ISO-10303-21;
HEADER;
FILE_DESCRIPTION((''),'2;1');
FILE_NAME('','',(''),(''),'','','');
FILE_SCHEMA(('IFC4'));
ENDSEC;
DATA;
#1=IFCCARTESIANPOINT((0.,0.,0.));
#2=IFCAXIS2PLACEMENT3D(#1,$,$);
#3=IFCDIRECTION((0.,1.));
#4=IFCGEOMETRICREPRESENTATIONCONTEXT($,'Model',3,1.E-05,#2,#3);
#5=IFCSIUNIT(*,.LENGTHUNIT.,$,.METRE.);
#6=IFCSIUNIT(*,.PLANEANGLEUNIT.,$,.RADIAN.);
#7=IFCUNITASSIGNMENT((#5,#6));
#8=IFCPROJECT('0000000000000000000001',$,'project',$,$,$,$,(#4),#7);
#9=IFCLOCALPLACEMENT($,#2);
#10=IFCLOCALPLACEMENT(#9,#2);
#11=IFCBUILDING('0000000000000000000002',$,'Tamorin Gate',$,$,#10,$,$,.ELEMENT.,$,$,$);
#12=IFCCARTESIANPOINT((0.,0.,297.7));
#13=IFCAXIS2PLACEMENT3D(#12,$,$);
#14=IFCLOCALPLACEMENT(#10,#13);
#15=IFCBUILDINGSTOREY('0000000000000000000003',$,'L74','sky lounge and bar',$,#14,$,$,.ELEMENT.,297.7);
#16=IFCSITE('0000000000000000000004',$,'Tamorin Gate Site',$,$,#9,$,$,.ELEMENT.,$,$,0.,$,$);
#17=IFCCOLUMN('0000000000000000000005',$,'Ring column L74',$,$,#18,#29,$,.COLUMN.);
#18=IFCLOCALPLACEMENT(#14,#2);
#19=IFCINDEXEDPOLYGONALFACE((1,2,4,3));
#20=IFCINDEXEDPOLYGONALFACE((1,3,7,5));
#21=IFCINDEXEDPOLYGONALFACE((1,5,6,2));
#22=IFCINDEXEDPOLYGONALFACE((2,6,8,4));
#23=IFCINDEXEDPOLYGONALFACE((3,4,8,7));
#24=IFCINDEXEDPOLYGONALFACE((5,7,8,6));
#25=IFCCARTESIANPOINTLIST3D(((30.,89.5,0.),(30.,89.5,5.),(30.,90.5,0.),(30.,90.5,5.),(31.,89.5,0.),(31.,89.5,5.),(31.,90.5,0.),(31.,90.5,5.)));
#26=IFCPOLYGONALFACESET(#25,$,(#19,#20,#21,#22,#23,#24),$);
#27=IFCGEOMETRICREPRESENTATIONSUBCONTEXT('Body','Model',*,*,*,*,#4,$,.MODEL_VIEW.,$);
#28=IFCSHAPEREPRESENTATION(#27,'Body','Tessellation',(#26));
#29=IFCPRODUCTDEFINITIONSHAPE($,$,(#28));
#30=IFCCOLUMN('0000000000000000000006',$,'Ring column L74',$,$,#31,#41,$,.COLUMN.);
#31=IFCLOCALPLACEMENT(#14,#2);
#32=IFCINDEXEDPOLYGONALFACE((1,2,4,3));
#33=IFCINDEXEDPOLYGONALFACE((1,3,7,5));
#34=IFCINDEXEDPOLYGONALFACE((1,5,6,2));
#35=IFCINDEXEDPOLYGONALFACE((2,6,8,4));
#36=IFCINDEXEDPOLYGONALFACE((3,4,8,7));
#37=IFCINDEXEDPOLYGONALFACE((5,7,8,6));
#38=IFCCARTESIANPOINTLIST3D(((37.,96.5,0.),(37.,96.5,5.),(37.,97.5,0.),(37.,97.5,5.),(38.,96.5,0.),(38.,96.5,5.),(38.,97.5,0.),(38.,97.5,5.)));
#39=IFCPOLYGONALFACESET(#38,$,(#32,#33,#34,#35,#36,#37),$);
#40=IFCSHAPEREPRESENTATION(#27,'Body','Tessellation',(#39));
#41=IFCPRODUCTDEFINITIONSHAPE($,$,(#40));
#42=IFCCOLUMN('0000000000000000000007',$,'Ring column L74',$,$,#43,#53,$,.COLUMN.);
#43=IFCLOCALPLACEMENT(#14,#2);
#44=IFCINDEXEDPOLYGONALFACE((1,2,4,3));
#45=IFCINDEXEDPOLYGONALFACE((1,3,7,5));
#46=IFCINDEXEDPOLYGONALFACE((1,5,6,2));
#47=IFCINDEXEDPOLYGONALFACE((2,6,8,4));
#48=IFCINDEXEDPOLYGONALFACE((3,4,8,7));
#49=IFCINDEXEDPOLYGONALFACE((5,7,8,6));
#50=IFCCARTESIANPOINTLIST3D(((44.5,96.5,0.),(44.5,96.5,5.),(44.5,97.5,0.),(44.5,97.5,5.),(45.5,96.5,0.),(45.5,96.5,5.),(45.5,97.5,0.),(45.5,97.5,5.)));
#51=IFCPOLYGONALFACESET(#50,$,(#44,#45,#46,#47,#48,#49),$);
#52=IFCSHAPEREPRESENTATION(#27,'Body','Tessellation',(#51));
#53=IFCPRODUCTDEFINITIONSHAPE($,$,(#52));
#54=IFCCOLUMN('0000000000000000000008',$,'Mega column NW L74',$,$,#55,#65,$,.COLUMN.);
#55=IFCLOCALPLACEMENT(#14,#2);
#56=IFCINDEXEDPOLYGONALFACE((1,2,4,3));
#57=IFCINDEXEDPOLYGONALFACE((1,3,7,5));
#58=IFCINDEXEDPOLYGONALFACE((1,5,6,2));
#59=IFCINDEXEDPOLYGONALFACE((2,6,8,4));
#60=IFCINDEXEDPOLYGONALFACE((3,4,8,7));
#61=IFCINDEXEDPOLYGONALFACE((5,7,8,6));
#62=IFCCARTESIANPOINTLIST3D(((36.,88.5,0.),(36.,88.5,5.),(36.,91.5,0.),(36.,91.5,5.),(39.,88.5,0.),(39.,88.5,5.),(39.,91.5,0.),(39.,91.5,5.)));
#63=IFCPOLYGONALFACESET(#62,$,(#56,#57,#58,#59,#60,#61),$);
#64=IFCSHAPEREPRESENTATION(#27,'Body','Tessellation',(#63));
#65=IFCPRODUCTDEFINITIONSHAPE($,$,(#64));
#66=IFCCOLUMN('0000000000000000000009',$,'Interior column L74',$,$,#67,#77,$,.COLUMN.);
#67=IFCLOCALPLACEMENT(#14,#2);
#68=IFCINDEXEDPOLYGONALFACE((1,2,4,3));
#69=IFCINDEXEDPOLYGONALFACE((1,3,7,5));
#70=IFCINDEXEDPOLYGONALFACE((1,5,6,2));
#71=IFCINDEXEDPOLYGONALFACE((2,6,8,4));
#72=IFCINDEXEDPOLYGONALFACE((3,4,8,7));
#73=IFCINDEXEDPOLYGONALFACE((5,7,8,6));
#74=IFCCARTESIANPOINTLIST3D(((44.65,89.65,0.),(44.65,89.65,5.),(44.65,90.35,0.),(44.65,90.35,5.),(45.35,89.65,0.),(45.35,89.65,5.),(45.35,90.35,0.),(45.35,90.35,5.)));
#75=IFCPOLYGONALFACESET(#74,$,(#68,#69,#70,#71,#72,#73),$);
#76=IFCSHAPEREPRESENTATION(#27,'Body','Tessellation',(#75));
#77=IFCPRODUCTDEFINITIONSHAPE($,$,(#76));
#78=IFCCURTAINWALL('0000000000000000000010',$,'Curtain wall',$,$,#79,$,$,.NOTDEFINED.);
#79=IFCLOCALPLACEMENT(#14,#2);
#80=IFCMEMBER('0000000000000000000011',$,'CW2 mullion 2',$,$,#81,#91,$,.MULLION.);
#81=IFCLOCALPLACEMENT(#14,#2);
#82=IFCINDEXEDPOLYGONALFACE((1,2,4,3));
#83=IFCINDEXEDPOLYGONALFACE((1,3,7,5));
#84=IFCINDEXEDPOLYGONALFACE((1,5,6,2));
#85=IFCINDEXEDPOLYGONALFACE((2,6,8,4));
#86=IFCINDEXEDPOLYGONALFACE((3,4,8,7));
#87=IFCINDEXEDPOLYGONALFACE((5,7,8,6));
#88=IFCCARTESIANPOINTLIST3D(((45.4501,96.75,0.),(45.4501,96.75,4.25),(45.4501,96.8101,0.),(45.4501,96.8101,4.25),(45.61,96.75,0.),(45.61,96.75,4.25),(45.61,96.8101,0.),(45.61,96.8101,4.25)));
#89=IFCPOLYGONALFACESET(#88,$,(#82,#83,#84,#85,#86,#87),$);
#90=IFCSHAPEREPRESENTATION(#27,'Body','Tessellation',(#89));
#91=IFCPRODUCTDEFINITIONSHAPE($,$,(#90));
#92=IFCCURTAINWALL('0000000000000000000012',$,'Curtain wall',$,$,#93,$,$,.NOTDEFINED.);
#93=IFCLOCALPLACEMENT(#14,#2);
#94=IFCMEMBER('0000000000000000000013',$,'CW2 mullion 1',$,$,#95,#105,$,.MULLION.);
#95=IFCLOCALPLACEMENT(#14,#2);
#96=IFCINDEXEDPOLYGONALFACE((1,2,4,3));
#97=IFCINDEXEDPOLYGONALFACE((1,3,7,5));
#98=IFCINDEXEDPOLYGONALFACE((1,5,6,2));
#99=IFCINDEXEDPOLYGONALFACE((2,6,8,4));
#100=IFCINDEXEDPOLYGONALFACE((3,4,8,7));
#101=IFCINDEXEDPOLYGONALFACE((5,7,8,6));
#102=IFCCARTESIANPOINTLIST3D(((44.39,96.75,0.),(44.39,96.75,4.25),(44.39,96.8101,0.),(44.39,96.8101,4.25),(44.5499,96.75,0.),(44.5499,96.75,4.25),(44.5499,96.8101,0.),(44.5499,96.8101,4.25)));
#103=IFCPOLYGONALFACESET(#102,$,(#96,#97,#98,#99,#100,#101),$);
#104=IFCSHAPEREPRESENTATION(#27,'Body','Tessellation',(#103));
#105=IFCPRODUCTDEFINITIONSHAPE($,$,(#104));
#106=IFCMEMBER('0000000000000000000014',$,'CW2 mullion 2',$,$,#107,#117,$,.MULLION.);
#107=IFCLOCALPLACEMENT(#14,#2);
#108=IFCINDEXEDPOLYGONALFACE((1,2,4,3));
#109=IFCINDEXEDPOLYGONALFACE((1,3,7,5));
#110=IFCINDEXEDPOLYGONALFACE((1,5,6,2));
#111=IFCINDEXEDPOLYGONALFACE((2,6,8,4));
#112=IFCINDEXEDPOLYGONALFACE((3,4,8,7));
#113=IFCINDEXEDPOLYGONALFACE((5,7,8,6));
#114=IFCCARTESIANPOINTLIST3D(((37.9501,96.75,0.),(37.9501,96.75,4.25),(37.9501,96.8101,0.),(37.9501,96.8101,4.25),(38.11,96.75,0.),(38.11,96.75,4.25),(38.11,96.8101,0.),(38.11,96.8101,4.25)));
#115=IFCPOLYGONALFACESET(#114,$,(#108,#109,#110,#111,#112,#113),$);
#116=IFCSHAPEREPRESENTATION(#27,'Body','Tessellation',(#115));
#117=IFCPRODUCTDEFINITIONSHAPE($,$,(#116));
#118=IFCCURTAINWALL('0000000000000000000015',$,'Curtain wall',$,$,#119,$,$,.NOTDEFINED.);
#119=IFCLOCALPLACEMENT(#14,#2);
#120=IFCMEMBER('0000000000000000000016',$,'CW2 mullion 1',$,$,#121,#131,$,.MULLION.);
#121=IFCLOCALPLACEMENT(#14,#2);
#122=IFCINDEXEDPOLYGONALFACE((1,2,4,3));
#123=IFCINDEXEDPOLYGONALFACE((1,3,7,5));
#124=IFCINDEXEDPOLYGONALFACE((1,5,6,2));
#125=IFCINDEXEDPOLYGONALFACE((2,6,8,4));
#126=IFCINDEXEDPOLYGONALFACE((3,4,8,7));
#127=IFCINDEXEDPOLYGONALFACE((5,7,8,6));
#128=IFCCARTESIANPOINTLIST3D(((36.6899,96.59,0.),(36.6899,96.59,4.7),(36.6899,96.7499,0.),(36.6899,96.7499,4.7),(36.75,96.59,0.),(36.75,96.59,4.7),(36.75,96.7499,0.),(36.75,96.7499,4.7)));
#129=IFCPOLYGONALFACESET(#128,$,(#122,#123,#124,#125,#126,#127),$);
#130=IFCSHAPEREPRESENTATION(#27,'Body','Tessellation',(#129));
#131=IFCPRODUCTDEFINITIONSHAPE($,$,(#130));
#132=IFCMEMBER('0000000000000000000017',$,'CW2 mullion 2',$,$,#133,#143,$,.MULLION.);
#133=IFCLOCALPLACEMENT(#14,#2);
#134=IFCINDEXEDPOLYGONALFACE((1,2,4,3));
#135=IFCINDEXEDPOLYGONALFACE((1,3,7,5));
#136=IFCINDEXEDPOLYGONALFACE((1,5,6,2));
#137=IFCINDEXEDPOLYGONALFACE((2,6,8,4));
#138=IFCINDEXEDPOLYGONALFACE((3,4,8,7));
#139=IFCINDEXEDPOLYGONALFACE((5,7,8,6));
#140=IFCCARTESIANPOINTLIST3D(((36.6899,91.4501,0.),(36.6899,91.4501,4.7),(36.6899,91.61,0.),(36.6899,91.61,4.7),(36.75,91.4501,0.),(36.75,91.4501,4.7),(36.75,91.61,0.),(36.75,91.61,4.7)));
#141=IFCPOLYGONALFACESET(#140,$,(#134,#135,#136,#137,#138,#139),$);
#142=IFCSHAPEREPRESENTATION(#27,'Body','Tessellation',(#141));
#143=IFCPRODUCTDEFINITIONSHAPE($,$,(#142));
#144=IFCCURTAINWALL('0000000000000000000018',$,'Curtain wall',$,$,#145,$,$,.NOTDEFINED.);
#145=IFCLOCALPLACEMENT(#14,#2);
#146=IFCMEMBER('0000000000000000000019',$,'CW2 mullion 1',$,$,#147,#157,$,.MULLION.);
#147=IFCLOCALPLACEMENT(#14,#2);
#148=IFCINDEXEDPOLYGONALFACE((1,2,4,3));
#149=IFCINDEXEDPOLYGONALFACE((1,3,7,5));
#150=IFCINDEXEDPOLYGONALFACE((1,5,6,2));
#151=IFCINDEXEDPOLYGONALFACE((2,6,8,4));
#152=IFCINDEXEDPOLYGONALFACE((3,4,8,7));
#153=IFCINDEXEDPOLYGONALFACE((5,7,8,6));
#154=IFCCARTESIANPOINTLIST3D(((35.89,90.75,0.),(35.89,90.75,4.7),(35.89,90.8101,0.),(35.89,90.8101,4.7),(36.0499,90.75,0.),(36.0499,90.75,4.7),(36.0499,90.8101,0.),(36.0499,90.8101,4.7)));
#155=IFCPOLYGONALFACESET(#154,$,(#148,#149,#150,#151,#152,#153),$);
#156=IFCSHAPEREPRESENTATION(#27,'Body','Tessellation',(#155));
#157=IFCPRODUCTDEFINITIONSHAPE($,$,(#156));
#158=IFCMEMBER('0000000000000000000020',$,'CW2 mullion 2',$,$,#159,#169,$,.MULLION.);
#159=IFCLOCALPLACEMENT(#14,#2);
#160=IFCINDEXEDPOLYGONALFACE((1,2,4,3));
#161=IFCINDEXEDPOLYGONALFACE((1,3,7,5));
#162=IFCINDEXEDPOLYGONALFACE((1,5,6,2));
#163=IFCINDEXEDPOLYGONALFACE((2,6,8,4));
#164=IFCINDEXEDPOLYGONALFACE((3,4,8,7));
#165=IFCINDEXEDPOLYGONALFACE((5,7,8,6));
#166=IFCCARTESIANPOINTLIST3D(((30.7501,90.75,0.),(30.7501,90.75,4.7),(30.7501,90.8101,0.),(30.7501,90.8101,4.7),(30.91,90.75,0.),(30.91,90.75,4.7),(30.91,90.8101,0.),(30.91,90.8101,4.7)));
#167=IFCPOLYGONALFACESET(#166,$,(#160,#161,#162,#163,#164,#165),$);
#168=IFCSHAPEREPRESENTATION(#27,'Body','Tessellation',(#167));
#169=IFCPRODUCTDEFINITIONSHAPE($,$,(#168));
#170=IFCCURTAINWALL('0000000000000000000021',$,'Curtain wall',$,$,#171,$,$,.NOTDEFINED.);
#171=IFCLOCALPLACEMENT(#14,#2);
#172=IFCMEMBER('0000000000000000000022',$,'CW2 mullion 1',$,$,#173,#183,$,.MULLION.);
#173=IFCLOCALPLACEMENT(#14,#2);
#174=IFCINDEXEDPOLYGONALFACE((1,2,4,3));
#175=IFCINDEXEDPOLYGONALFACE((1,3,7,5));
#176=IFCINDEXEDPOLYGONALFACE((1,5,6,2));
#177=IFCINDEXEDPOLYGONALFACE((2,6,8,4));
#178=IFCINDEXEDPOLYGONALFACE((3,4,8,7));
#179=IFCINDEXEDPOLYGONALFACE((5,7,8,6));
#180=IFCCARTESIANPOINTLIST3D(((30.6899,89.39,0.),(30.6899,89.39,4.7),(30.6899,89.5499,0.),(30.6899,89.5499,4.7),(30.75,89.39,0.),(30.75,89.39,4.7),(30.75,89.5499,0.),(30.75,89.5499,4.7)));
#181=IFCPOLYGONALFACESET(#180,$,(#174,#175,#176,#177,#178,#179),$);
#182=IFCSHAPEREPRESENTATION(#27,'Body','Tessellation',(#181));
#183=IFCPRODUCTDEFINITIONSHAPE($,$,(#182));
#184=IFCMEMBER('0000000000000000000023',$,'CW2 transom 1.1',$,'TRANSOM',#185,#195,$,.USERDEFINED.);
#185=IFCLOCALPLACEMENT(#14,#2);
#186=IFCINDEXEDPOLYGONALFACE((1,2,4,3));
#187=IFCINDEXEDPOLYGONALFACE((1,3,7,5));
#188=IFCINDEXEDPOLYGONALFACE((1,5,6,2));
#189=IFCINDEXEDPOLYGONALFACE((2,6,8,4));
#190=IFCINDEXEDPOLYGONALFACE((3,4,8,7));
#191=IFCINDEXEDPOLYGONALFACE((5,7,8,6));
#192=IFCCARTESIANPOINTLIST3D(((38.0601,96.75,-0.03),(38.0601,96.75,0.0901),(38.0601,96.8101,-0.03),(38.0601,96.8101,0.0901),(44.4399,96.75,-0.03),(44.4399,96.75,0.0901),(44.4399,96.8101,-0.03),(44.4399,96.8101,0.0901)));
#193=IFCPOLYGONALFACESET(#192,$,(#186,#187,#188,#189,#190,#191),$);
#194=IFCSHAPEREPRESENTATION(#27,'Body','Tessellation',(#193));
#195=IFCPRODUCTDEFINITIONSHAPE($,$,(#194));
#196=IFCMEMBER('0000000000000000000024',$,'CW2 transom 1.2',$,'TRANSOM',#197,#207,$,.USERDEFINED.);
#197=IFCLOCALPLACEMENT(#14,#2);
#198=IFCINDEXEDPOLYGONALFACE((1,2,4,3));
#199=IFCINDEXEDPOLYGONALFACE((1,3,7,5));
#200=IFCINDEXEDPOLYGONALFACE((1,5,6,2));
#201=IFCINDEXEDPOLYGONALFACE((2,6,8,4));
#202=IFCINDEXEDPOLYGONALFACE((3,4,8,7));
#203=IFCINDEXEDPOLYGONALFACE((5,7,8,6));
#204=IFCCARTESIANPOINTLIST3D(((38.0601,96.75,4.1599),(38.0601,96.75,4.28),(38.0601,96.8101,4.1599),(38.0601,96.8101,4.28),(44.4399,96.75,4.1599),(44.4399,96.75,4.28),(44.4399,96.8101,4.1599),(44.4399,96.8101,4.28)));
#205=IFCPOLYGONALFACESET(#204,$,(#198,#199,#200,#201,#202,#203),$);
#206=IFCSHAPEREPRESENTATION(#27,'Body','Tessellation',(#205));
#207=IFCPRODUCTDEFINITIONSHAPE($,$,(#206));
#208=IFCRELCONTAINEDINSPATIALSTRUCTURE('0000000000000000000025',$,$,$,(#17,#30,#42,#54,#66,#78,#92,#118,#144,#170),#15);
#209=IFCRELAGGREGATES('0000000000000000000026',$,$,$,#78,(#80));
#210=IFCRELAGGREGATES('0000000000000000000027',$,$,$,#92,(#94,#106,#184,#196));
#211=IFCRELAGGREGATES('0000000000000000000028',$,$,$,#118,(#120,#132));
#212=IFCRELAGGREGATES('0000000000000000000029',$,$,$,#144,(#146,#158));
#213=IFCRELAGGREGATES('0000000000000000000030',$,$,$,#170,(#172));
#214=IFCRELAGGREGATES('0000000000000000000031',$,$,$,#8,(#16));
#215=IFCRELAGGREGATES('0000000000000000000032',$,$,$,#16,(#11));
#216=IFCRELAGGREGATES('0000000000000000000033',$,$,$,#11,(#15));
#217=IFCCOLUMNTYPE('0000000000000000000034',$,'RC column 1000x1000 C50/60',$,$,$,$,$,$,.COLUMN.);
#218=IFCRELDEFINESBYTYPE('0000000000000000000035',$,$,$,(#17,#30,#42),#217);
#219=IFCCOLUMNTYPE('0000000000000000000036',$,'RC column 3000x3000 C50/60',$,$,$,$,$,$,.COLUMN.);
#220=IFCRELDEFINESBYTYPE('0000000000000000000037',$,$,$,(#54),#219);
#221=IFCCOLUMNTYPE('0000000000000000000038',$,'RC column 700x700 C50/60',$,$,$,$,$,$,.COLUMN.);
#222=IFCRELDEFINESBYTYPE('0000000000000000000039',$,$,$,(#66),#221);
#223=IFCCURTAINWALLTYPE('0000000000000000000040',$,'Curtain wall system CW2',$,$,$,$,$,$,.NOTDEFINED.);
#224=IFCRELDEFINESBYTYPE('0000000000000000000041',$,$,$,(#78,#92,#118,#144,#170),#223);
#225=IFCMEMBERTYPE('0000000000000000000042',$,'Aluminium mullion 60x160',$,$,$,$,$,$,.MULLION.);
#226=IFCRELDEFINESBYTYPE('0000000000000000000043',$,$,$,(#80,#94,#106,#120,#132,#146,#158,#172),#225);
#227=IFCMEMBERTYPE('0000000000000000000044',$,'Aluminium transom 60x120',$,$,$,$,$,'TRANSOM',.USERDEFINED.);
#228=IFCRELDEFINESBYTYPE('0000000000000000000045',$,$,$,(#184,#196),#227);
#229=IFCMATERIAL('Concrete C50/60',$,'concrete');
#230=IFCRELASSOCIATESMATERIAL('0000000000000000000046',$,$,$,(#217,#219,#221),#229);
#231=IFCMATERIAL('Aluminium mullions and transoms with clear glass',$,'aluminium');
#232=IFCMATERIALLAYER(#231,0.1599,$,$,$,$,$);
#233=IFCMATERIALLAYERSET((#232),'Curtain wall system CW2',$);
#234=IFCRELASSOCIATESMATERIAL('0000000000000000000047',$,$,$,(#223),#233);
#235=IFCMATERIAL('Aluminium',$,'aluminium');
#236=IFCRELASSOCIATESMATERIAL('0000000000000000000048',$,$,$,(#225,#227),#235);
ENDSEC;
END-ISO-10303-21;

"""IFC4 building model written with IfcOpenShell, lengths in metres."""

from ifc_helpers import new_model, si_unit, direction, frame, origin, origin_2d, place, context, subcontext, project, spatial, rectangle, extrude, material, layer, layer_set, material_profile, profile_set, type_object, element, aggregate, save


model = new_model("IFC4")

# Units and contexts
model_context = context("Model", 3, precision=1e-05, world=origin(), true_north=direction((0.0, 1.0)))
body_context = subcontext(model_context, "Body", "Model", "MODEL_VIEW")
ifc_project = project(units=[si_unit("LENGTHUNIT", "METRE"), si_unit("PLANEANGLEUNIT", "RADIAN")], contexts=[model_context])

# Site, building, storey
site_placement = place(None, origin())
site = spatial("IfcSite", under=ifc_project, at=site_placement, Name="Tamorin Gate Site", CompositionType="ELEMENT", RefElevation=0.0)
building_placement = place(site_placement, origin())
building = spatial("IfcBuilding", under=site, at=building_placement, Name="Tamorin Gate", CompositionType="ELEMENT")
storey_placement = place(building_placement, frame((0.0, 0.0, 297.7)))
storey = spatial("IfcBuildingStorey", under=building, at=storey_placement, Name="L74", Description="sky lounge and bar", CompositionType="ELEMENT", Elevation=297.7)

# Columns
ifc_material_1 = material(Name="Concrete C50/60", Category="concrete")
ifc_material_profile_1 = material_profile(ifc_material_1, rectangle(XDim=1.0, YDim=1.0, at=origin_2d()), Name="RC 1000x1000")
ifc_profile_set_1 = profile_set([ifc_material_profile_1], Name="Concrete C50/60")
column_type_1 = type_object("IfcColumnType", Name="RC column 1000x1000 C50/60", PredefinedType="COLUMN", material=ifc_profile_set_1)
for number, where, z_axis, x_axis, name in (
    (1, (30.5, 90.0, 0.0), (0.0, 0.0, 1.0), (1.0, 0.0, 0.0), "Ring column L74"),
    (2, (37.5, 97.0, 0.0), (0.0, 0.0, 1.0), (1.0, 0.0, 0.0), "Ring column L74"),
    (3, (45.0, 97.0, 0.0), (0.0, 0.0, 1.0), (1.0, 0.0, 0.0), "Ring column L74"),
):
    element("IfcColumn", number, at=place(storey_placement, frame(where, z_axis=z_axis, x_axis=x_axis)), inside=storey, type_object=column_type_1, Name=name, PredefinedType="COLUMN", context=body_context, shape_type="SweptSolid", body=[
        extrude(rectangle(XDim=1.0, YDim=1.0, at=origin_2d()), origin(), (0.0, 0.0, 1.0), 5.0),
    ])
ifc_material_profile_2 = material_profile(ifc_material_1, rectangle(XDim=3.0, YDim=3.0, at=origin_2d()), Name="RC 3000x3000")
ifc_profile_set_2 = profile_set([ifc_material_profile_2], Name="Concrete C50/60")
column_type_2 = type_object("IfcColumnType", Name="RC column 3000x3000 C50/60", PredefinedType="COLUMN", material=ifc_profile_set_2)
column_1_placement = place(storey_placement, frame((37.5, 90.0, 0.0), z_axis=(0.0, 0.0, 1.0), x_axis=(1.0, 0.0, 0.0)))
element("IfcColumn", 4, at=column_1_placement, inside=storey, type_object=column_type_2, Name="Mega column NW L74", PredefinedType="COLUMN", context=body_context, shape_type="SweptSolid", body=[
    extrude(rectangle(XDim=3.0, YDim=3.0, at=origin_2d()), origin(), (0.0, 0.0, 1.0), 5.0),
])
ifc_material_profile_3 = material_profile(ifc_material_1, rectangle(XDim=0.7, YDim=0.7, at=origin_2d()), Name="RC 700x700")
ifc_profile_set_3 = profile_set([ifc_material_profile_3], Name="Concrete C50/60")
column_type_3 = type_object("IfcColumnType", Name="RC column 700x700 C50/60", PredefinedType="COLUMN", material=ifc_profile_set_3)
column_2_placement = place(storey_placement, frame((45.0, 90.0, 0.0), z_axis=(0.0, 0.0, 1.0), x_axis=(1.0, 0.0, 0.0)))
element("IfcColumn", 5, at=column_2_placement, inside=storey, type_object=column_type_3, Name="Interior column L74", PredefinedType="COLUMN", context=body_context, shape_type="SweptSolid", body=[
    extrude(rectangle(XDim=0.7, YDim=0.7, at=origin_2d()), origin(), (0.0, 0.0, 1.0), 5.0),
])

# Curtain wall, member
ifc_material_2 = material(Name="Aluminium mullions and transoms with clear glass", Category="aluminium")
ifc_layer_1 = layer(ifc_material_2, 0.1599)
ifc_layer_set_1 = layer_set([ifc_layer_1], Name="Curtain wall system CW2")
curtain_wall_type = type_object("IfcCurtainWallType", Name="Curtain wall system CW2", PredefinedType="NOTDEFINED", material=ifc_layer_set_1)
curtain_wall_1_placement = place(storey_placement, origin())
curtain_wall_1 = element("IfcCurtainWall", 6, at=curtain_wall_1_placement, inside=storey, type_object=curtain_wall_type, Name="Curtain wall", PredefinedType="NOTDEFINED")
ifc_material_3 = material(Name="Aluminium", Category="aluminium")
ifc_material_profile_4 = material_profile(ifc_material_3, rectangle(XDim=0.0601, YDim=0.1599, at=origin_2d()), Name="RECT 60x160")
ifc_profile_set_4 = profile_set([ifc_material_profile_4], Name="Aluminium")
member_type_1 = type_object("IfcMemberType", Name="Aluminium mullion 60x160", PredefinedType="MULLION", material=ifc_profile_set_4)
member_1_placement = place(storey_placement, frame((45.53, 96.78, 0.0), z_axis=(0.0, 0.0, 1.0), x_axis=(0.0, -1.0, 0.0)))
member_1 = element("IfcMember", 7, at=member_1_placement, type_object=member_type_1, Name="CW2 mullion 2", PredefinedType="MULLION", context=body_context, shape_type="SweptSolid", body=[
    extrude(rectangle(XDim=0.0601, YDim=0.1599, at=origin_2d()), origin(), (0.0, 0.0, 1.0), 4.25),
])

# Curtain walls, members
curtain_wall_2_placement = place(storey_placement, origin())
curtain_wall_2 = element("IfcCurtainWall", 8, at=curtain_wall_2_placement, inside=storey, type_object=curtain_wall_type, Name="Curtain wall", PredefinedType="NOTDEFINED")
member_2_placement = place(storey_placement, frame((44.47, 96.78, 0.0), z_axis=(0.0, 0.0, 1.0), x_axis=(0.0, -1.0, 0.0)))
member_2 = element("IfcMember", 9, at=member_2_placement, type_object=member_type_1, Name="CW2 mullion 1", PredefinedType="MULLION", context=body_context, shape_type="SweptSolid", body=[
    extrude(rectangle(XDim=0.0601, YDim=0.1599, at=origin_2d()), origin(), (0.0, 0.0, 1.0), 4.25),
])
member_3_placement = place(storey_placement, frame((38.03, 96.78, 0.0), z_axis=(0.0, 0.0, 1.0), x_axis=(0.0, -1.0, 0.0)))
member_3 = element("IfcMember", 10, at=member_3_placement, type_object=member_type_1, Name="CW2 mullion 2", PredefinedType="MULLION", context=body_context, shape_type="SweptSolid", body=[
    extrude(rectangle(XDim=0.0601, YDim=0.1599, at=origin_2d()), origin(), (0.0, 0.0, 1.0), 4.25),
])
curtain_wall_3_placement = place(storey_placement, origin())
curtain_wall_3 = element("IfcCurtainWall", 11, at=curtain_wall_3_placement, inside=storey, type_object=curtain_wall_type, Name="Curtain wall", PredefinedType="NOTDEFINED")
member_4_placement = place(storey_placement, frame((36.72, 96.6699, 0.0), z_axis=(0.0, 0.0, 1.0), x_axis=(1.0, 0.0, 0.0)))
member_4 = element("IfcMember", 12, at=member_4_placement, type_object=member_type_1, Name="CW2 mullion 1", PredefinedType="MULLION", context=body_context, shape_type="SweptSolid", body=[
    extrude(rectangle(XDim=0.0601, YDim=0.1599, at=origin_2d()), origin(), (0.0, 0.0, 1.0), 4.7),
])
member_5_placement = place(storey_placement, frame((36.72, 91.53, 0.0), z_axis=(0.0, 0.0, 1.0), x_axis=(1.0, 0.0, 0.0)))
member_5 = element("IfcMember", 13, at=member_5_placement, type_object=member_type_1, Name="CW2 mullion 2", PredefinedType="MULLION", context=body_context, shape_type="SweptSolid", body=[
    extrude(rectangle(XDim=0.0601, YDim=0.1599, at=origin_2d()), origin(), (0.0, 0.0, 1.0), 4.7),
])
curtain_wall_4_placement = place(storey_placement, origin())
curtain_wall_4 = element("IfcCurtainWall", 14, at=curtain_wall_4_placement, inside=storey, type_object=curtain_wall_type, Name="Curtain wall", PredefinedType="NOTDEFINED")
member_6_placement = place(storey_placement, frame((35.97, 90.78, 0.0), z_axis=(0.0, 0.0, 1.0), x_axis=(0.0, -1.0, 0.0)))
member_6 = element("IfcMember", 15, at=member_6_placement, type_object=member_type_1, Name="CW2 mullion 1", PredefinedType="MULLION", context=body_context, shape_type="SweptSolid", body=[
    extrude(rectangle(XDim=0.0601, YDim=0.1599, at=origin_2d()), origin(), (0.0, 0.0, 1.0), 4.7),
])
member_7_placement = place(storey_placement, frame((30.8301, 90.78, 0.0), z_axis=(0.0, 0.0, 1.0), x_axis=(0.0, -1.0, 0.0)))
member_7 = element("IfcMember", 16, at=member_7_placement, type_object=member_type_1, Name="CW2 mullion 2", PredefinedType="MULLION", context=body_context, shape_type="SweptSolid", body=[
    extrude(rectangle(XDim=0.0601, YDim=0.1599, at=origin_2d()), origin(), (0.0, 0.0, 1.0), 4.7),
])

# Curtain wall, member
curtain_wall_5_placement = place(storey_placement, origin())
curtain_wall_5 = element("IfcCurtainWall", 17, at=curtain_wall_5_placement, inside=storey, type_object=curtain_wall_type, Name="Curtain wall", PredefinedType="NOTDEFINED")
member_8_placement = place(storey_placement, frame((30.72, 89.47, 0.0), z_axis=(0.0, 0.0, 1.0), x_axis=(1.0, 0.0, 0.0)))
member_8 = element("IfcMember", 18, at=member_8_placement, type_object=member_type_1, Name="CW2 mullion 1", PredefinedType="MULLION", context=body_context, shape_type="SweptSolid", body=[
    extrude(rectangle(XDim=0.0601, YDim=0.1599, at=origin_2d()), origin(), (0.0, 0.0, 1.0), 4.7),
])

# Members
ifc_material_profile_5 = material_profile(ifc_material_3, rectangle(XDim=0.0601, YDim=0.1201, at=origin_2d()), Name="RECT 60x120")
ifc_profile_set_5 = profile_set([ifc_material_profile_5], Name="Aluminium")
member_type_2 = type_object("IfcMemberType", Name="Aluminium transom 60x120", ElementType="TRANSOM", PredefinedType="USERDEFINED", material=ifc_profile_set_5)
member_9_placement = place(storey_placement, frame((44.4399, 96.78, 0.03), z_axis=(-1.0, 0.0, 0.0), x_axis=(0.0, -1.0, 0.0)))
member_9 = element("IfcMember", 19, at=member_9_placement, type_object=member_type_2, Name="CW2 transom 1.1", ObjectType="TRANSOM", PredefinedType="USERDEFINED", context=body_context, shape_type="SweptSolid", body=[
    extrude(rectangle(XDim=0.0601, YDim=0.1201, at=origin_2d()), origin(), (0.0, 0.0, 1.0), 6.3799),
])
member_10_placement = place(storey_placement, frame((44.4399, 96.78, 4.22), z_axis=(-1.0, 0.0, 0.0), x_axis=(0.0, -1.0, 0.0)))
member_10 = element("IfcMember", 20, at=member_10_placement, type_object=member_type_2, Name="CW2 transom 1.2", ObjectType="TRANSOM", PredefinedType="USERDEFINED", context=body_context, shape_type="SweptSolid", body=[
    extrude(rectangle(XDim=0.0601, YDim=0.1201, at=origin_2d()), origin(), (0.0, 0.0, 1.0), 6.3799),
])

aggregate(curtain_wall_1, [member_1])
aggregate(curtain_wall_2, [member_2, member_3, member_9, member_10])
aggregate(curtain_wall_3, [member_4, member_5])
aggregate(curtain_wall_4, [member_6, member_7])
aggregate(curtain_wall_5, [member_8])

save(model, "model.ifc")
